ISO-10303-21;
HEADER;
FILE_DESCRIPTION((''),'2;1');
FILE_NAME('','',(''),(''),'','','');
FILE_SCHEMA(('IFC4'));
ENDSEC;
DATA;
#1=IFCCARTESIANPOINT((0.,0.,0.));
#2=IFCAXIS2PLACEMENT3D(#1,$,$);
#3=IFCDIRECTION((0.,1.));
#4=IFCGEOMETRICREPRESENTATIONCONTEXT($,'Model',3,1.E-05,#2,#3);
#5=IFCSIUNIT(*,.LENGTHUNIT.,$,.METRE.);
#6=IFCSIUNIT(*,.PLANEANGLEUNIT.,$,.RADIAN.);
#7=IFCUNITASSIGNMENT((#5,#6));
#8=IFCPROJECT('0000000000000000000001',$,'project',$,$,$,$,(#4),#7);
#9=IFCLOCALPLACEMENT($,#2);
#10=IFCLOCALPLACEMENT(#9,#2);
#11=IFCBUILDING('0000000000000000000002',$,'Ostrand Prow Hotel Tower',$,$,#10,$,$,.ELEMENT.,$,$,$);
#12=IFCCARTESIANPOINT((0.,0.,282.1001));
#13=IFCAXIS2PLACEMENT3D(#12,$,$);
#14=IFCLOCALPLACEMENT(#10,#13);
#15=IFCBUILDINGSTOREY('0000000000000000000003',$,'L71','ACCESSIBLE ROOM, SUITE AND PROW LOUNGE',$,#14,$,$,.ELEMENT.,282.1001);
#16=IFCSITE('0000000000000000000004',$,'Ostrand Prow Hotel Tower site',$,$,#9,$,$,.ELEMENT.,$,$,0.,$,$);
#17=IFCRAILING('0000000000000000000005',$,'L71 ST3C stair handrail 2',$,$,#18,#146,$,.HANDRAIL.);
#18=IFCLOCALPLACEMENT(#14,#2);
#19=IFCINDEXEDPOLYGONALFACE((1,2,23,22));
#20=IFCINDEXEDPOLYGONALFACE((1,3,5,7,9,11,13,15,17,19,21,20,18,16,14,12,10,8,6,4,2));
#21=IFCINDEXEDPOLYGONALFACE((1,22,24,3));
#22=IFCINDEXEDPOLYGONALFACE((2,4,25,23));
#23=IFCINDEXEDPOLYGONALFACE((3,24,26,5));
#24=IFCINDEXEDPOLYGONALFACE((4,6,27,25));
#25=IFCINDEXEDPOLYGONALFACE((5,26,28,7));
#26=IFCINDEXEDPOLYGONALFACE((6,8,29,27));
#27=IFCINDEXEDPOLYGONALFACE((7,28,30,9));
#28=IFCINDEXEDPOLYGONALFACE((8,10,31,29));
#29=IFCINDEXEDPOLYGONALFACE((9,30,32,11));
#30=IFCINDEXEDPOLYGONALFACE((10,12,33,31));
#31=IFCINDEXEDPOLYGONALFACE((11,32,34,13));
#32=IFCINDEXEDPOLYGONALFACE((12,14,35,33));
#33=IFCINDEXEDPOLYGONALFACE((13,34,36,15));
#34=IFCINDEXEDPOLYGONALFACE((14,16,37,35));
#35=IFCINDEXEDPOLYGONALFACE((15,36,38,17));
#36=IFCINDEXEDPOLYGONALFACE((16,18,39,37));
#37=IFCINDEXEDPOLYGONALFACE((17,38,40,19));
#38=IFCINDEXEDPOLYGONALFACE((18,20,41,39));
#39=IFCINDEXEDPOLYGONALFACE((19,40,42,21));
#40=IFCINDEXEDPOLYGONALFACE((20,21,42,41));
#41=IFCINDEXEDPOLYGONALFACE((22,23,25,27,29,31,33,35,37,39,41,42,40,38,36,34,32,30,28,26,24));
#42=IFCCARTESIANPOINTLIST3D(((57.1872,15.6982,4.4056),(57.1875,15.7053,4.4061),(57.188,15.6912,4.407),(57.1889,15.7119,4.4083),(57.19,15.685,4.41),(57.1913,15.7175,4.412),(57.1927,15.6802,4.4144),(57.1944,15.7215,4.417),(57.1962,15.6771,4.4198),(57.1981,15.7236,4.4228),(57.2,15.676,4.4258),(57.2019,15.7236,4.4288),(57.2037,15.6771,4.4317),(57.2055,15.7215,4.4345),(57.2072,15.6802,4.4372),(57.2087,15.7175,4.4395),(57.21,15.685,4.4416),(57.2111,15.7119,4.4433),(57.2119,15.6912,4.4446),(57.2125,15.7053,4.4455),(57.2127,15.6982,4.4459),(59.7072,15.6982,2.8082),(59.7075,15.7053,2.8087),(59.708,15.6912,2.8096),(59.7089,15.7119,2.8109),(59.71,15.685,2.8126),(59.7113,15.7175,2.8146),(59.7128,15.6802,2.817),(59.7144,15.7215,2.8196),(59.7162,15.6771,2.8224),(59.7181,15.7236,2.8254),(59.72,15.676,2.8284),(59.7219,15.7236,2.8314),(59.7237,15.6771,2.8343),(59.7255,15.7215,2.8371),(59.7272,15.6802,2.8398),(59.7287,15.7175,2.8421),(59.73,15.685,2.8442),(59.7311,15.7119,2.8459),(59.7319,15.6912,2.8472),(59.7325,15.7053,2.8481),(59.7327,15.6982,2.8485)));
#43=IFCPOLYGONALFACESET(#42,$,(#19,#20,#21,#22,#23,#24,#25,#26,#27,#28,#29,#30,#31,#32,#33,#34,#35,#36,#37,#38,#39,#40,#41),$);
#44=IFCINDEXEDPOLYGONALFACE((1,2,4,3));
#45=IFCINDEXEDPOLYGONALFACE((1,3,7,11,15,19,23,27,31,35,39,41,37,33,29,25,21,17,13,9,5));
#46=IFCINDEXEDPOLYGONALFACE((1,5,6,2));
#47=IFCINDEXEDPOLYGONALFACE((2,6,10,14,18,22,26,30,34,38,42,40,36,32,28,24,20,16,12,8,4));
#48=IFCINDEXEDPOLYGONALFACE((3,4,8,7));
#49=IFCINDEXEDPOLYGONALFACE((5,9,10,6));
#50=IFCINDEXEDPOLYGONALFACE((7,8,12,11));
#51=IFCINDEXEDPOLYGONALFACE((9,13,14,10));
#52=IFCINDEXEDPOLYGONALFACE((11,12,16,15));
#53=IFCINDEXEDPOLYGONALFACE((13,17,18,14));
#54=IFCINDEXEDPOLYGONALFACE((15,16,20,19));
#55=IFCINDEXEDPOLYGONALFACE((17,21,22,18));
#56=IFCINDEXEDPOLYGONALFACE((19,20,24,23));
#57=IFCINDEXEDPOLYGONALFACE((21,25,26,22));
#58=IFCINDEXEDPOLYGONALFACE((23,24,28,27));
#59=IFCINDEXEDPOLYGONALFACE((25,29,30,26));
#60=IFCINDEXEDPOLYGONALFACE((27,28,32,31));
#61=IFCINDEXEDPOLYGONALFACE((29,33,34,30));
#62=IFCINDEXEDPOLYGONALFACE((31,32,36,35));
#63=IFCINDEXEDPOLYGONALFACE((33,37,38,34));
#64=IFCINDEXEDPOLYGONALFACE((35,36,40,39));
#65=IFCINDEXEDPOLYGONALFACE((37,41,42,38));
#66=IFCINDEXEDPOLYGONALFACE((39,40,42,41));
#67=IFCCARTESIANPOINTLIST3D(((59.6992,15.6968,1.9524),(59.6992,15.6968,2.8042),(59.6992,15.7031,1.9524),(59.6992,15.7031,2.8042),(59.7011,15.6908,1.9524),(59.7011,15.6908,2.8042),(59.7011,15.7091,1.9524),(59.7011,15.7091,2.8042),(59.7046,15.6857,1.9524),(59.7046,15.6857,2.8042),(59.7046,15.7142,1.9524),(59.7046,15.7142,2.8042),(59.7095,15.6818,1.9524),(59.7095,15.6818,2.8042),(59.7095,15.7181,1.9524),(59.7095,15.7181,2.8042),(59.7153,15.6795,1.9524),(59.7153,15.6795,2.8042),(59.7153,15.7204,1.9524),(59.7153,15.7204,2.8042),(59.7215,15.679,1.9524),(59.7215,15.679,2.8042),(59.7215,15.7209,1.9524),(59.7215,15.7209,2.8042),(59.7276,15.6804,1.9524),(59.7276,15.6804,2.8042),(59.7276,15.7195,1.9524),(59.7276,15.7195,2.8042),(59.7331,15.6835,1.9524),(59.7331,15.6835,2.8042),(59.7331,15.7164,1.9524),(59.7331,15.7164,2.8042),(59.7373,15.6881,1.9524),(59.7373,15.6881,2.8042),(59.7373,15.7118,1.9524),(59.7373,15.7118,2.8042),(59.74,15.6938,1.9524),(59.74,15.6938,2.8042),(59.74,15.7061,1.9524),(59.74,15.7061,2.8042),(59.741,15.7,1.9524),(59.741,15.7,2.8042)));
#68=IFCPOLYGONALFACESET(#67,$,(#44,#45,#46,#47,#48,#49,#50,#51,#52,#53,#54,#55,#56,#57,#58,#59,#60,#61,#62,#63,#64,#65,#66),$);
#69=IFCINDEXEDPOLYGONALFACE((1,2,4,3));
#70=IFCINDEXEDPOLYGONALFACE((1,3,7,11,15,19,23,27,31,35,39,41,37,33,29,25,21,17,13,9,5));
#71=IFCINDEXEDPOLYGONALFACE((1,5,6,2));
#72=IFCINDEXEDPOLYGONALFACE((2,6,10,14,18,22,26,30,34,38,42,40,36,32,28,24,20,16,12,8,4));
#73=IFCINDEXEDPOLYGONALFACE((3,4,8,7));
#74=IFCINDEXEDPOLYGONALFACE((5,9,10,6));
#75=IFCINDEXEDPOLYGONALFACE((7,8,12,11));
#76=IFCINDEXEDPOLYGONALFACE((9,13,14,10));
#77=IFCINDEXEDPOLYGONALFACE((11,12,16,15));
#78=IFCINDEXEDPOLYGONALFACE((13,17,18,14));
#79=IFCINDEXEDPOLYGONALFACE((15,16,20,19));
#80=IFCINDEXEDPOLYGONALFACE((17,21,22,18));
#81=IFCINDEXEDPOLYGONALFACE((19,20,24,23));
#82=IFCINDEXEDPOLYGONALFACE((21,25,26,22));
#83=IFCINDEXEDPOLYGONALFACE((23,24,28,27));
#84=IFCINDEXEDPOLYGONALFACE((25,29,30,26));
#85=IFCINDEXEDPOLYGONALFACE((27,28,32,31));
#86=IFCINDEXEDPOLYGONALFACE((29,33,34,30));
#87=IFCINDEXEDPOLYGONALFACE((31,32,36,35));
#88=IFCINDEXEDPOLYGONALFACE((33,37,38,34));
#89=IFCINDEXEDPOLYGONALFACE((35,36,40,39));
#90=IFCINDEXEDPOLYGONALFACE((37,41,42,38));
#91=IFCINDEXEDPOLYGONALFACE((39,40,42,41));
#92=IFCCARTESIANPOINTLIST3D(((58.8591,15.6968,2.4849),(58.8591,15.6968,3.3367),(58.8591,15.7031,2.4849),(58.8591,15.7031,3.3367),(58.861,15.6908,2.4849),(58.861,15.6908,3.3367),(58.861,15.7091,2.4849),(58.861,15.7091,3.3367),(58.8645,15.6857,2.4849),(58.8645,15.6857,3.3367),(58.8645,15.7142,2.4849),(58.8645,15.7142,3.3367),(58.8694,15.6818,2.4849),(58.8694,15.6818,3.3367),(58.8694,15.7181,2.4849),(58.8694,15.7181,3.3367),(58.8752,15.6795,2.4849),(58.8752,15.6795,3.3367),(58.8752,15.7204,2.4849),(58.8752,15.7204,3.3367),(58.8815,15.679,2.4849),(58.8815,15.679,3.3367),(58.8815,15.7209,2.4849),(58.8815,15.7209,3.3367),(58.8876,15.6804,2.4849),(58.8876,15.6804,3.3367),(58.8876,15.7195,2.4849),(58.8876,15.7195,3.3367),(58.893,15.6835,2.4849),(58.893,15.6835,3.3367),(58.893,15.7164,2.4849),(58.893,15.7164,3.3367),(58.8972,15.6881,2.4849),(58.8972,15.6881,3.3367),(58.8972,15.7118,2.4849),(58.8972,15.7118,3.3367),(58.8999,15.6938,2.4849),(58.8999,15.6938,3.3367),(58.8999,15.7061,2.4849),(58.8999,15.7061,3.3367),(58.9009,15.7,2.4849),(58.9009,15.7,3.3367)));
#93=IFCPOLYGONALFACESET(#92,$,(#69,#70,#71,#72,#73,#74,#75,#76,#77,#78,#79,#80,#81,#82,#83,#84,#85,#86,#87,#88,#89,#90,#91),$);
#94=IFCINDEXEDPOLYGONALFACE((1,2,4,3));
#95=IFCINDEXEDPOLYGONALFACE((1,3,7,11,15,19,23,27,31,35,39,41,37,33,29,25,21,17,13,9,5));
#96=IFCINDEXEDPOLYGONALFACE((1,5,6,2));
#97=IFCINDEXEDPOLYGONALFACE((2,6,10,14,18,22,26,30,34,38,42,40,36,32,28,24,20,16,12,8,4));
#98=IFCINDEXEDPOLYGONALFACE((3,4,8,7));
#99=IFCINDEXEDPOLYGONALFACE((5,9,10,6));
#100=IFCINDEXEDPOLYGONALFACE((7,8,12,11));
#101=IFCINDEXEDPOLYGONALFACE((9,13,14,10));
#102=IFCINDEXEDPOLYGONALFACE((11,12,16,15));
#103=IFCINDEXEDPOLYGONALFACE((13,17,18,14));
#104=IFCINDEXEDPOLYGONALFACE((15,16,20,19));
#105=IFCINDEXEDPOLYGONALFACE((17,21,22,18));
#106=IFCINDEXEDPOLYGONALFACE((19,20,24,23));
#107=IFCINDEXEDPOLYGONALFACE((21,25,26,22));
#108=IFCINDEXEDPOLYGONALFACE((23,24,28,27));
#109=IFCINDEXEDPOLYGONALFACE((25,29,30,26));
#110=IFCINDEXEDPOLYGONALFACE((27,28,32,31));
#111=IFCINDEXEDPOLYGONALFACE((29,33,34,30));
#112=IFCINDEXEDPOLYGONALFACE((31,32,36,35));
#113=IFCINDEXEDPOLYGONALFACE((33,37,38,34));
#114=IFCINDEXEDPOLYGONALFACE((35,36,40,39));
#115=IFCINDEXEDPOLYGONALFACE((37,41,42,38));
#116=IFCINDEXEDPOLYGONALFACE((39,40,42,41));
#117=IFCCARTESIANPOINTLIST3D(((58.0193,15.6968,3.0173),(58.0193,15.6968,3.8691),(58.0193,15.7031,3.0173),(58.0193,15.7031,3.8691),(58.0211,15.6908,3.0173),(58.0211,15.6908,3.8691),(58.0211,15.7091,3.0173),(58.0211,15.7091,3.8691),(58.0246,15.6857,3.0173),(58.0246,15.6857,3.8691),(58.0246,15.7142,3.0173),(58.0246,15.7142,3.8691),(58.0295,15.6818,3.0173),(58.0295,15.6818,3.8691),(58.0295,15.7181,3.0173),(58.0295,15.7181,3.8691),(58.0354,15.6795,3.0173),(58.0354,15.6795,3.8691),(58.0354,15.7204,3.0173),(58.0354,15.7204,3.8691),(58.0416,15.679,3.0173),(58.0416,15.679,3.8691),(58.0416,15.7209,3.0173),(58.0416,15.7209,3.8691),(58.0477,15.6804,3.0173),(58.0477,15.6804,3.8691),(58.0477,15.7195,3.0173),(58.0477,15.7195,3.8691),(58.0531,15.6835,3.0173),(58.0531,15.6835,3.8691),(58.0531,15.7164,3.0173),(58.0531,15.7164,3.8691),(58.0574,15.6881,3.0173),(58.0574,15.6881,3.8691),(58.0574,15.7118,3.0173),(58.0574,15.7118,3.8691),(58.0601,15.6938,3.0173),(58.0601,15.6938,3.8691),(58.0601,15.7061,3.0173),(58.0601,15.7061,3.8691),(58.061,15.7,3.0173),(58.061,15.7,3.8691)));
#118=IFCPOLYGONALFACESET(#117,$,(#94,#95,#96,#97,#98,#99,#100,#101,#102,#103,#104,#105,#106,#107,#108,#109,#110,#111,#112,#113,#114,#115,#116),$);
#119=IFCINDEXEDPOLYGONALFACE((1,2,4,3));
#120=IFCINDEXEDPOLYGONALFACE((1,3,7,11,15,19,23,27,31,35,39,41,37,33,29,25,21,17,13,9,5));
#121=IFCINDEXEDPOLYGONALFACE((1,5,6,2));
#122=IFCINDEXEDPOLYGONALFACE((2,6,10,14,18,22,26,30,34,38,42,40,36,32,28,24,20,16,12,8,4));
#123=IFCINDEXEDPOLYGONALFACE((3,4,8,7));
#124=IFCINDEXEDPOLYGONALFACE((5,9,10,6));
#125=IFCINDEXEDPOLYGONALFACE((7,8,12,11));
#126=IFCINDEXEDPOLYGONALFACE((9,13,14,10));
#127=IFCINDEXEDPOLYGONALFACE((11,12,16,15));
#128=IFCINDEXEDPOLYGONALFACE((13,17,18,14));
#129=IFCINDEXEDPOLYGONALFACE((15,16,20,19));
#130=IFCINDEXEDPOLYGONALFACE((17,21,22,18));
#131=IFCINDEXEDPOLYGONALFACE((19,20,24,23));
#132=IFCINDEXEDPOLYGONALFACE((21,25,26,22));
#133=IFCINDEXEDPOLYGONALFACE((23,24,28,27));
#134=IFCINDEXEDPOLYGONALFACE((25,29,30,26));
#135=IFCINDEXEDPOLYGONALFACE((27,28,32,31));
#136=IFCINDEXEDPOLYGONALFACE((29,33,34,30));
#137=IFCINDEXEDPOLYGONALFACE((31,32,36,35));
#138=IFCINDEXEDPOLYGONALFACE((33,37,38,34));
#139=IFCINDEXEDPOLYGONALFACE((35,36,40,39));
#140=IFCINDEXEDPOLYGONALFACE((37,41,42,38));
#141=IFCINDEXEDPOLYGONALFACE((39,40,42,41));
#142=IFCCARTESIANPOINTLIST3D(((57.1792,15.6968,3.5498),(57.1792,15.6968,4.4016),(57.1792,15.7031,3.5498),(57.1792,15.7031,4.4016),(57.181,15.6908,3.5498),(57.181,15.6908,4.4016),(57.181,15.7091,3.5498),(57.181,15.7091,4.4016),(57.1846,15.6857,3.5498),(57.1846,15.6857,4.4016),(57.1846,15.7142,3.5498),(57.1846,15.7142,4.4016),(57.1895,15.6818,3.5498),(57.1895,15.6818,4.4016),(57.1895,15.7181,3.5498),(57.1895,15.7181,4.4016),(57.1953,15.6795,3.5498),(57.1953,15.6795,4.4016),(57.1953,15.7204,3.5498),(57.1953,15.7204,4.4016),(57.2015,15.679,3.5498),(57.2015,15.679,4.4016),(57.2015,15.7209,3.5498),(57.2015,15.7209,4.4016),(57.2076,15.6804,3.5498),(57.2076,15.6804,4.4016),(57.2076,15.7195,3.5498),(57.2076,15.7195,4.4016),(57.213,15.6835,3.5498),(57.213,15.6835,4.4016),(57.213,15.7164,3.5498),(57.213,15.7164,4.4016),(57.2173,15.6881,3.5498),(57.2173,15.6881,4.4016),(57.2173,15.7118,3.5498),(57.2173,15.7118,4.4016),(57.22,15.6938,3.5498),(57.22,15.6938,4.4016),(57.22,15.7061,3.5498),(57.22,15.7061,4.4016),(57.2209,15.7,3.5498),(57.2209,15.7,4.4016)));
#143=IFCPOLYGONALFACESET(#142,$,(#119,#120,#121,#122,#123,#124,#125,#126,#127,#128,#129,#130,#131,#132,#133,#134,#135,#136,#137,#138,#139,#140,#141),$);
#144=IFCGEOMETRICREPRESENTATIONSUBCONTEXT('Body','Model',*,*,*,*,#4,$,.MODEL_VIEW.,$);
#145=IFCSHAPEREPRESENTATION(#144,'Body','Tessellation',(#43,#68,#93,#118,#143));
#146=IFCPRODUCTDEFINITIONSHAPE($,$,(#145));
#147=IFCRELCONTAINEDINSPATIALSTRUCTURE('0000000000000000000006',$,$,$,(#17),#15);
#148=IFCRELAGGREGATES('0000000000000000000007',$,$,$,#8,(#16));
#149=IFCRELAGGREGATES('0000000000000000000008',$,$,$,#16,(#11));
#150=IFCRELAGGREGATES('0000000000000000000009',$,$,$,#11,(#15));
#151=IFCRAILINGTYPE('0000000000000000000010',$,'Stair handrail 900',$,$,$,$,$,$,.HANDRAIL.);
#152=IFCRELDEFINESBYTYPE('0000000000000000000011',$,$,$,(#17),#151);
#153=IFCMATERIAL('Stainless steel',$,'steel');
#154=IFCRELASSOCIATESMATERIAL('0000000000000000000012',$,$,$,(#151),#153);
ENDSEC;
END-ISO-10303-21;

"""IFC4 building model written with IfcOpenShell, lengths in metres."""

from ifc_helpers import new_model, si_unit, direction, frame, origin, origin_2d, place, context, subcontext, project, spatial, circle, extrude, material, type_object, element, save


model = new_model("IFC4")

# Units and contexts
model_context = context("Model", 3, precision=1e-05, world=origin(), true_north=direction((0.0, 1.0)))
body_context = subcontext(model_context, "Body", "Model", "MODEL_VIEW")
ifc_project = project(units=[si_unit("LENGTHUNIT", "METRE"), si_unit("PLANEANGLEUNIT", "RADIAN")], contexts=[model_context])

# Site, building, storey
site_placement = place(None, origin())
site = spatial("IfcSite", under=ifc_project, at=site_placement, Name="Ostrand Prow Hotel Tower site", CompositionType="ELEMENT", RefElevation=0.0)
building_placement = place(site_placement, origin())
building = spatial("IfcBuilding", under=site, at=building_placement, Name="Ostrand Prow Hotel Tower", CompositionType="ELEMENT")
storey_placement = place(building_placement, frame((0.0, 0.0, 282.1001)))
storey = spatial("IfcBuildingStorey", under=building, at=storey_placement, Name="L71", Description="ACCESSIBLE ROOM, SUITE AND PROW LOUNGE", CompositionType="ELEMENT", Elevation=282.1001)

# Railing
ifc_material_1 = material(Name="Stainless steel", Category="steel")
railing_type_1 = type_object("IfcRailingType", Name="Stair handrail 900", PredefinedType="HANDRAIL", material=ifc_material_1)
railing_1_placement = place(storey_placement, frame((59.72, 15.7, 1.9524)))
element("IfcRailing", 1, at=railing_1_placement, inside=storey, type_object=railing_type_1, Name="L71 ST3C stair handrail 2", PredefinedType="HANDRAIL", context=body_context, shape_type="SweptSolid", body=[
    extrude(circle(Radius=0.0239, at=origin_2d()), frame((0.0, 0.0, 0.876), z_axis=(-0.844607, 0.0, 0.535387), x_axis=(0.0, -1.0, 0.0)), (0.0, 0.0, 1.0), 2.9836),
    extrude(circle(Radius=0.021, at=origin_2d()), origin(), (0.0, 0.0, 1.0), 0.8518),
    extrude(circle(Radius=0.021, at=origin_2d()), frame((-0.8401, 0.0, 0.5325)), (0.0, 0.0, 1.0), 0.8518),
    extrude(circle(Radius=0.021, at=origin_2d()), frame((-1.6799, 0.0, 1.0649)), (0.0, 0.0, 1.0), 0.8518),
    extrude(circle(Radius=0.021, at=origin_2d()), frame((-2.52, 0.0, 1.5974)), (0.0, 0.0, 1.0), 0.8518),
])

save(model, "model.ifc")
